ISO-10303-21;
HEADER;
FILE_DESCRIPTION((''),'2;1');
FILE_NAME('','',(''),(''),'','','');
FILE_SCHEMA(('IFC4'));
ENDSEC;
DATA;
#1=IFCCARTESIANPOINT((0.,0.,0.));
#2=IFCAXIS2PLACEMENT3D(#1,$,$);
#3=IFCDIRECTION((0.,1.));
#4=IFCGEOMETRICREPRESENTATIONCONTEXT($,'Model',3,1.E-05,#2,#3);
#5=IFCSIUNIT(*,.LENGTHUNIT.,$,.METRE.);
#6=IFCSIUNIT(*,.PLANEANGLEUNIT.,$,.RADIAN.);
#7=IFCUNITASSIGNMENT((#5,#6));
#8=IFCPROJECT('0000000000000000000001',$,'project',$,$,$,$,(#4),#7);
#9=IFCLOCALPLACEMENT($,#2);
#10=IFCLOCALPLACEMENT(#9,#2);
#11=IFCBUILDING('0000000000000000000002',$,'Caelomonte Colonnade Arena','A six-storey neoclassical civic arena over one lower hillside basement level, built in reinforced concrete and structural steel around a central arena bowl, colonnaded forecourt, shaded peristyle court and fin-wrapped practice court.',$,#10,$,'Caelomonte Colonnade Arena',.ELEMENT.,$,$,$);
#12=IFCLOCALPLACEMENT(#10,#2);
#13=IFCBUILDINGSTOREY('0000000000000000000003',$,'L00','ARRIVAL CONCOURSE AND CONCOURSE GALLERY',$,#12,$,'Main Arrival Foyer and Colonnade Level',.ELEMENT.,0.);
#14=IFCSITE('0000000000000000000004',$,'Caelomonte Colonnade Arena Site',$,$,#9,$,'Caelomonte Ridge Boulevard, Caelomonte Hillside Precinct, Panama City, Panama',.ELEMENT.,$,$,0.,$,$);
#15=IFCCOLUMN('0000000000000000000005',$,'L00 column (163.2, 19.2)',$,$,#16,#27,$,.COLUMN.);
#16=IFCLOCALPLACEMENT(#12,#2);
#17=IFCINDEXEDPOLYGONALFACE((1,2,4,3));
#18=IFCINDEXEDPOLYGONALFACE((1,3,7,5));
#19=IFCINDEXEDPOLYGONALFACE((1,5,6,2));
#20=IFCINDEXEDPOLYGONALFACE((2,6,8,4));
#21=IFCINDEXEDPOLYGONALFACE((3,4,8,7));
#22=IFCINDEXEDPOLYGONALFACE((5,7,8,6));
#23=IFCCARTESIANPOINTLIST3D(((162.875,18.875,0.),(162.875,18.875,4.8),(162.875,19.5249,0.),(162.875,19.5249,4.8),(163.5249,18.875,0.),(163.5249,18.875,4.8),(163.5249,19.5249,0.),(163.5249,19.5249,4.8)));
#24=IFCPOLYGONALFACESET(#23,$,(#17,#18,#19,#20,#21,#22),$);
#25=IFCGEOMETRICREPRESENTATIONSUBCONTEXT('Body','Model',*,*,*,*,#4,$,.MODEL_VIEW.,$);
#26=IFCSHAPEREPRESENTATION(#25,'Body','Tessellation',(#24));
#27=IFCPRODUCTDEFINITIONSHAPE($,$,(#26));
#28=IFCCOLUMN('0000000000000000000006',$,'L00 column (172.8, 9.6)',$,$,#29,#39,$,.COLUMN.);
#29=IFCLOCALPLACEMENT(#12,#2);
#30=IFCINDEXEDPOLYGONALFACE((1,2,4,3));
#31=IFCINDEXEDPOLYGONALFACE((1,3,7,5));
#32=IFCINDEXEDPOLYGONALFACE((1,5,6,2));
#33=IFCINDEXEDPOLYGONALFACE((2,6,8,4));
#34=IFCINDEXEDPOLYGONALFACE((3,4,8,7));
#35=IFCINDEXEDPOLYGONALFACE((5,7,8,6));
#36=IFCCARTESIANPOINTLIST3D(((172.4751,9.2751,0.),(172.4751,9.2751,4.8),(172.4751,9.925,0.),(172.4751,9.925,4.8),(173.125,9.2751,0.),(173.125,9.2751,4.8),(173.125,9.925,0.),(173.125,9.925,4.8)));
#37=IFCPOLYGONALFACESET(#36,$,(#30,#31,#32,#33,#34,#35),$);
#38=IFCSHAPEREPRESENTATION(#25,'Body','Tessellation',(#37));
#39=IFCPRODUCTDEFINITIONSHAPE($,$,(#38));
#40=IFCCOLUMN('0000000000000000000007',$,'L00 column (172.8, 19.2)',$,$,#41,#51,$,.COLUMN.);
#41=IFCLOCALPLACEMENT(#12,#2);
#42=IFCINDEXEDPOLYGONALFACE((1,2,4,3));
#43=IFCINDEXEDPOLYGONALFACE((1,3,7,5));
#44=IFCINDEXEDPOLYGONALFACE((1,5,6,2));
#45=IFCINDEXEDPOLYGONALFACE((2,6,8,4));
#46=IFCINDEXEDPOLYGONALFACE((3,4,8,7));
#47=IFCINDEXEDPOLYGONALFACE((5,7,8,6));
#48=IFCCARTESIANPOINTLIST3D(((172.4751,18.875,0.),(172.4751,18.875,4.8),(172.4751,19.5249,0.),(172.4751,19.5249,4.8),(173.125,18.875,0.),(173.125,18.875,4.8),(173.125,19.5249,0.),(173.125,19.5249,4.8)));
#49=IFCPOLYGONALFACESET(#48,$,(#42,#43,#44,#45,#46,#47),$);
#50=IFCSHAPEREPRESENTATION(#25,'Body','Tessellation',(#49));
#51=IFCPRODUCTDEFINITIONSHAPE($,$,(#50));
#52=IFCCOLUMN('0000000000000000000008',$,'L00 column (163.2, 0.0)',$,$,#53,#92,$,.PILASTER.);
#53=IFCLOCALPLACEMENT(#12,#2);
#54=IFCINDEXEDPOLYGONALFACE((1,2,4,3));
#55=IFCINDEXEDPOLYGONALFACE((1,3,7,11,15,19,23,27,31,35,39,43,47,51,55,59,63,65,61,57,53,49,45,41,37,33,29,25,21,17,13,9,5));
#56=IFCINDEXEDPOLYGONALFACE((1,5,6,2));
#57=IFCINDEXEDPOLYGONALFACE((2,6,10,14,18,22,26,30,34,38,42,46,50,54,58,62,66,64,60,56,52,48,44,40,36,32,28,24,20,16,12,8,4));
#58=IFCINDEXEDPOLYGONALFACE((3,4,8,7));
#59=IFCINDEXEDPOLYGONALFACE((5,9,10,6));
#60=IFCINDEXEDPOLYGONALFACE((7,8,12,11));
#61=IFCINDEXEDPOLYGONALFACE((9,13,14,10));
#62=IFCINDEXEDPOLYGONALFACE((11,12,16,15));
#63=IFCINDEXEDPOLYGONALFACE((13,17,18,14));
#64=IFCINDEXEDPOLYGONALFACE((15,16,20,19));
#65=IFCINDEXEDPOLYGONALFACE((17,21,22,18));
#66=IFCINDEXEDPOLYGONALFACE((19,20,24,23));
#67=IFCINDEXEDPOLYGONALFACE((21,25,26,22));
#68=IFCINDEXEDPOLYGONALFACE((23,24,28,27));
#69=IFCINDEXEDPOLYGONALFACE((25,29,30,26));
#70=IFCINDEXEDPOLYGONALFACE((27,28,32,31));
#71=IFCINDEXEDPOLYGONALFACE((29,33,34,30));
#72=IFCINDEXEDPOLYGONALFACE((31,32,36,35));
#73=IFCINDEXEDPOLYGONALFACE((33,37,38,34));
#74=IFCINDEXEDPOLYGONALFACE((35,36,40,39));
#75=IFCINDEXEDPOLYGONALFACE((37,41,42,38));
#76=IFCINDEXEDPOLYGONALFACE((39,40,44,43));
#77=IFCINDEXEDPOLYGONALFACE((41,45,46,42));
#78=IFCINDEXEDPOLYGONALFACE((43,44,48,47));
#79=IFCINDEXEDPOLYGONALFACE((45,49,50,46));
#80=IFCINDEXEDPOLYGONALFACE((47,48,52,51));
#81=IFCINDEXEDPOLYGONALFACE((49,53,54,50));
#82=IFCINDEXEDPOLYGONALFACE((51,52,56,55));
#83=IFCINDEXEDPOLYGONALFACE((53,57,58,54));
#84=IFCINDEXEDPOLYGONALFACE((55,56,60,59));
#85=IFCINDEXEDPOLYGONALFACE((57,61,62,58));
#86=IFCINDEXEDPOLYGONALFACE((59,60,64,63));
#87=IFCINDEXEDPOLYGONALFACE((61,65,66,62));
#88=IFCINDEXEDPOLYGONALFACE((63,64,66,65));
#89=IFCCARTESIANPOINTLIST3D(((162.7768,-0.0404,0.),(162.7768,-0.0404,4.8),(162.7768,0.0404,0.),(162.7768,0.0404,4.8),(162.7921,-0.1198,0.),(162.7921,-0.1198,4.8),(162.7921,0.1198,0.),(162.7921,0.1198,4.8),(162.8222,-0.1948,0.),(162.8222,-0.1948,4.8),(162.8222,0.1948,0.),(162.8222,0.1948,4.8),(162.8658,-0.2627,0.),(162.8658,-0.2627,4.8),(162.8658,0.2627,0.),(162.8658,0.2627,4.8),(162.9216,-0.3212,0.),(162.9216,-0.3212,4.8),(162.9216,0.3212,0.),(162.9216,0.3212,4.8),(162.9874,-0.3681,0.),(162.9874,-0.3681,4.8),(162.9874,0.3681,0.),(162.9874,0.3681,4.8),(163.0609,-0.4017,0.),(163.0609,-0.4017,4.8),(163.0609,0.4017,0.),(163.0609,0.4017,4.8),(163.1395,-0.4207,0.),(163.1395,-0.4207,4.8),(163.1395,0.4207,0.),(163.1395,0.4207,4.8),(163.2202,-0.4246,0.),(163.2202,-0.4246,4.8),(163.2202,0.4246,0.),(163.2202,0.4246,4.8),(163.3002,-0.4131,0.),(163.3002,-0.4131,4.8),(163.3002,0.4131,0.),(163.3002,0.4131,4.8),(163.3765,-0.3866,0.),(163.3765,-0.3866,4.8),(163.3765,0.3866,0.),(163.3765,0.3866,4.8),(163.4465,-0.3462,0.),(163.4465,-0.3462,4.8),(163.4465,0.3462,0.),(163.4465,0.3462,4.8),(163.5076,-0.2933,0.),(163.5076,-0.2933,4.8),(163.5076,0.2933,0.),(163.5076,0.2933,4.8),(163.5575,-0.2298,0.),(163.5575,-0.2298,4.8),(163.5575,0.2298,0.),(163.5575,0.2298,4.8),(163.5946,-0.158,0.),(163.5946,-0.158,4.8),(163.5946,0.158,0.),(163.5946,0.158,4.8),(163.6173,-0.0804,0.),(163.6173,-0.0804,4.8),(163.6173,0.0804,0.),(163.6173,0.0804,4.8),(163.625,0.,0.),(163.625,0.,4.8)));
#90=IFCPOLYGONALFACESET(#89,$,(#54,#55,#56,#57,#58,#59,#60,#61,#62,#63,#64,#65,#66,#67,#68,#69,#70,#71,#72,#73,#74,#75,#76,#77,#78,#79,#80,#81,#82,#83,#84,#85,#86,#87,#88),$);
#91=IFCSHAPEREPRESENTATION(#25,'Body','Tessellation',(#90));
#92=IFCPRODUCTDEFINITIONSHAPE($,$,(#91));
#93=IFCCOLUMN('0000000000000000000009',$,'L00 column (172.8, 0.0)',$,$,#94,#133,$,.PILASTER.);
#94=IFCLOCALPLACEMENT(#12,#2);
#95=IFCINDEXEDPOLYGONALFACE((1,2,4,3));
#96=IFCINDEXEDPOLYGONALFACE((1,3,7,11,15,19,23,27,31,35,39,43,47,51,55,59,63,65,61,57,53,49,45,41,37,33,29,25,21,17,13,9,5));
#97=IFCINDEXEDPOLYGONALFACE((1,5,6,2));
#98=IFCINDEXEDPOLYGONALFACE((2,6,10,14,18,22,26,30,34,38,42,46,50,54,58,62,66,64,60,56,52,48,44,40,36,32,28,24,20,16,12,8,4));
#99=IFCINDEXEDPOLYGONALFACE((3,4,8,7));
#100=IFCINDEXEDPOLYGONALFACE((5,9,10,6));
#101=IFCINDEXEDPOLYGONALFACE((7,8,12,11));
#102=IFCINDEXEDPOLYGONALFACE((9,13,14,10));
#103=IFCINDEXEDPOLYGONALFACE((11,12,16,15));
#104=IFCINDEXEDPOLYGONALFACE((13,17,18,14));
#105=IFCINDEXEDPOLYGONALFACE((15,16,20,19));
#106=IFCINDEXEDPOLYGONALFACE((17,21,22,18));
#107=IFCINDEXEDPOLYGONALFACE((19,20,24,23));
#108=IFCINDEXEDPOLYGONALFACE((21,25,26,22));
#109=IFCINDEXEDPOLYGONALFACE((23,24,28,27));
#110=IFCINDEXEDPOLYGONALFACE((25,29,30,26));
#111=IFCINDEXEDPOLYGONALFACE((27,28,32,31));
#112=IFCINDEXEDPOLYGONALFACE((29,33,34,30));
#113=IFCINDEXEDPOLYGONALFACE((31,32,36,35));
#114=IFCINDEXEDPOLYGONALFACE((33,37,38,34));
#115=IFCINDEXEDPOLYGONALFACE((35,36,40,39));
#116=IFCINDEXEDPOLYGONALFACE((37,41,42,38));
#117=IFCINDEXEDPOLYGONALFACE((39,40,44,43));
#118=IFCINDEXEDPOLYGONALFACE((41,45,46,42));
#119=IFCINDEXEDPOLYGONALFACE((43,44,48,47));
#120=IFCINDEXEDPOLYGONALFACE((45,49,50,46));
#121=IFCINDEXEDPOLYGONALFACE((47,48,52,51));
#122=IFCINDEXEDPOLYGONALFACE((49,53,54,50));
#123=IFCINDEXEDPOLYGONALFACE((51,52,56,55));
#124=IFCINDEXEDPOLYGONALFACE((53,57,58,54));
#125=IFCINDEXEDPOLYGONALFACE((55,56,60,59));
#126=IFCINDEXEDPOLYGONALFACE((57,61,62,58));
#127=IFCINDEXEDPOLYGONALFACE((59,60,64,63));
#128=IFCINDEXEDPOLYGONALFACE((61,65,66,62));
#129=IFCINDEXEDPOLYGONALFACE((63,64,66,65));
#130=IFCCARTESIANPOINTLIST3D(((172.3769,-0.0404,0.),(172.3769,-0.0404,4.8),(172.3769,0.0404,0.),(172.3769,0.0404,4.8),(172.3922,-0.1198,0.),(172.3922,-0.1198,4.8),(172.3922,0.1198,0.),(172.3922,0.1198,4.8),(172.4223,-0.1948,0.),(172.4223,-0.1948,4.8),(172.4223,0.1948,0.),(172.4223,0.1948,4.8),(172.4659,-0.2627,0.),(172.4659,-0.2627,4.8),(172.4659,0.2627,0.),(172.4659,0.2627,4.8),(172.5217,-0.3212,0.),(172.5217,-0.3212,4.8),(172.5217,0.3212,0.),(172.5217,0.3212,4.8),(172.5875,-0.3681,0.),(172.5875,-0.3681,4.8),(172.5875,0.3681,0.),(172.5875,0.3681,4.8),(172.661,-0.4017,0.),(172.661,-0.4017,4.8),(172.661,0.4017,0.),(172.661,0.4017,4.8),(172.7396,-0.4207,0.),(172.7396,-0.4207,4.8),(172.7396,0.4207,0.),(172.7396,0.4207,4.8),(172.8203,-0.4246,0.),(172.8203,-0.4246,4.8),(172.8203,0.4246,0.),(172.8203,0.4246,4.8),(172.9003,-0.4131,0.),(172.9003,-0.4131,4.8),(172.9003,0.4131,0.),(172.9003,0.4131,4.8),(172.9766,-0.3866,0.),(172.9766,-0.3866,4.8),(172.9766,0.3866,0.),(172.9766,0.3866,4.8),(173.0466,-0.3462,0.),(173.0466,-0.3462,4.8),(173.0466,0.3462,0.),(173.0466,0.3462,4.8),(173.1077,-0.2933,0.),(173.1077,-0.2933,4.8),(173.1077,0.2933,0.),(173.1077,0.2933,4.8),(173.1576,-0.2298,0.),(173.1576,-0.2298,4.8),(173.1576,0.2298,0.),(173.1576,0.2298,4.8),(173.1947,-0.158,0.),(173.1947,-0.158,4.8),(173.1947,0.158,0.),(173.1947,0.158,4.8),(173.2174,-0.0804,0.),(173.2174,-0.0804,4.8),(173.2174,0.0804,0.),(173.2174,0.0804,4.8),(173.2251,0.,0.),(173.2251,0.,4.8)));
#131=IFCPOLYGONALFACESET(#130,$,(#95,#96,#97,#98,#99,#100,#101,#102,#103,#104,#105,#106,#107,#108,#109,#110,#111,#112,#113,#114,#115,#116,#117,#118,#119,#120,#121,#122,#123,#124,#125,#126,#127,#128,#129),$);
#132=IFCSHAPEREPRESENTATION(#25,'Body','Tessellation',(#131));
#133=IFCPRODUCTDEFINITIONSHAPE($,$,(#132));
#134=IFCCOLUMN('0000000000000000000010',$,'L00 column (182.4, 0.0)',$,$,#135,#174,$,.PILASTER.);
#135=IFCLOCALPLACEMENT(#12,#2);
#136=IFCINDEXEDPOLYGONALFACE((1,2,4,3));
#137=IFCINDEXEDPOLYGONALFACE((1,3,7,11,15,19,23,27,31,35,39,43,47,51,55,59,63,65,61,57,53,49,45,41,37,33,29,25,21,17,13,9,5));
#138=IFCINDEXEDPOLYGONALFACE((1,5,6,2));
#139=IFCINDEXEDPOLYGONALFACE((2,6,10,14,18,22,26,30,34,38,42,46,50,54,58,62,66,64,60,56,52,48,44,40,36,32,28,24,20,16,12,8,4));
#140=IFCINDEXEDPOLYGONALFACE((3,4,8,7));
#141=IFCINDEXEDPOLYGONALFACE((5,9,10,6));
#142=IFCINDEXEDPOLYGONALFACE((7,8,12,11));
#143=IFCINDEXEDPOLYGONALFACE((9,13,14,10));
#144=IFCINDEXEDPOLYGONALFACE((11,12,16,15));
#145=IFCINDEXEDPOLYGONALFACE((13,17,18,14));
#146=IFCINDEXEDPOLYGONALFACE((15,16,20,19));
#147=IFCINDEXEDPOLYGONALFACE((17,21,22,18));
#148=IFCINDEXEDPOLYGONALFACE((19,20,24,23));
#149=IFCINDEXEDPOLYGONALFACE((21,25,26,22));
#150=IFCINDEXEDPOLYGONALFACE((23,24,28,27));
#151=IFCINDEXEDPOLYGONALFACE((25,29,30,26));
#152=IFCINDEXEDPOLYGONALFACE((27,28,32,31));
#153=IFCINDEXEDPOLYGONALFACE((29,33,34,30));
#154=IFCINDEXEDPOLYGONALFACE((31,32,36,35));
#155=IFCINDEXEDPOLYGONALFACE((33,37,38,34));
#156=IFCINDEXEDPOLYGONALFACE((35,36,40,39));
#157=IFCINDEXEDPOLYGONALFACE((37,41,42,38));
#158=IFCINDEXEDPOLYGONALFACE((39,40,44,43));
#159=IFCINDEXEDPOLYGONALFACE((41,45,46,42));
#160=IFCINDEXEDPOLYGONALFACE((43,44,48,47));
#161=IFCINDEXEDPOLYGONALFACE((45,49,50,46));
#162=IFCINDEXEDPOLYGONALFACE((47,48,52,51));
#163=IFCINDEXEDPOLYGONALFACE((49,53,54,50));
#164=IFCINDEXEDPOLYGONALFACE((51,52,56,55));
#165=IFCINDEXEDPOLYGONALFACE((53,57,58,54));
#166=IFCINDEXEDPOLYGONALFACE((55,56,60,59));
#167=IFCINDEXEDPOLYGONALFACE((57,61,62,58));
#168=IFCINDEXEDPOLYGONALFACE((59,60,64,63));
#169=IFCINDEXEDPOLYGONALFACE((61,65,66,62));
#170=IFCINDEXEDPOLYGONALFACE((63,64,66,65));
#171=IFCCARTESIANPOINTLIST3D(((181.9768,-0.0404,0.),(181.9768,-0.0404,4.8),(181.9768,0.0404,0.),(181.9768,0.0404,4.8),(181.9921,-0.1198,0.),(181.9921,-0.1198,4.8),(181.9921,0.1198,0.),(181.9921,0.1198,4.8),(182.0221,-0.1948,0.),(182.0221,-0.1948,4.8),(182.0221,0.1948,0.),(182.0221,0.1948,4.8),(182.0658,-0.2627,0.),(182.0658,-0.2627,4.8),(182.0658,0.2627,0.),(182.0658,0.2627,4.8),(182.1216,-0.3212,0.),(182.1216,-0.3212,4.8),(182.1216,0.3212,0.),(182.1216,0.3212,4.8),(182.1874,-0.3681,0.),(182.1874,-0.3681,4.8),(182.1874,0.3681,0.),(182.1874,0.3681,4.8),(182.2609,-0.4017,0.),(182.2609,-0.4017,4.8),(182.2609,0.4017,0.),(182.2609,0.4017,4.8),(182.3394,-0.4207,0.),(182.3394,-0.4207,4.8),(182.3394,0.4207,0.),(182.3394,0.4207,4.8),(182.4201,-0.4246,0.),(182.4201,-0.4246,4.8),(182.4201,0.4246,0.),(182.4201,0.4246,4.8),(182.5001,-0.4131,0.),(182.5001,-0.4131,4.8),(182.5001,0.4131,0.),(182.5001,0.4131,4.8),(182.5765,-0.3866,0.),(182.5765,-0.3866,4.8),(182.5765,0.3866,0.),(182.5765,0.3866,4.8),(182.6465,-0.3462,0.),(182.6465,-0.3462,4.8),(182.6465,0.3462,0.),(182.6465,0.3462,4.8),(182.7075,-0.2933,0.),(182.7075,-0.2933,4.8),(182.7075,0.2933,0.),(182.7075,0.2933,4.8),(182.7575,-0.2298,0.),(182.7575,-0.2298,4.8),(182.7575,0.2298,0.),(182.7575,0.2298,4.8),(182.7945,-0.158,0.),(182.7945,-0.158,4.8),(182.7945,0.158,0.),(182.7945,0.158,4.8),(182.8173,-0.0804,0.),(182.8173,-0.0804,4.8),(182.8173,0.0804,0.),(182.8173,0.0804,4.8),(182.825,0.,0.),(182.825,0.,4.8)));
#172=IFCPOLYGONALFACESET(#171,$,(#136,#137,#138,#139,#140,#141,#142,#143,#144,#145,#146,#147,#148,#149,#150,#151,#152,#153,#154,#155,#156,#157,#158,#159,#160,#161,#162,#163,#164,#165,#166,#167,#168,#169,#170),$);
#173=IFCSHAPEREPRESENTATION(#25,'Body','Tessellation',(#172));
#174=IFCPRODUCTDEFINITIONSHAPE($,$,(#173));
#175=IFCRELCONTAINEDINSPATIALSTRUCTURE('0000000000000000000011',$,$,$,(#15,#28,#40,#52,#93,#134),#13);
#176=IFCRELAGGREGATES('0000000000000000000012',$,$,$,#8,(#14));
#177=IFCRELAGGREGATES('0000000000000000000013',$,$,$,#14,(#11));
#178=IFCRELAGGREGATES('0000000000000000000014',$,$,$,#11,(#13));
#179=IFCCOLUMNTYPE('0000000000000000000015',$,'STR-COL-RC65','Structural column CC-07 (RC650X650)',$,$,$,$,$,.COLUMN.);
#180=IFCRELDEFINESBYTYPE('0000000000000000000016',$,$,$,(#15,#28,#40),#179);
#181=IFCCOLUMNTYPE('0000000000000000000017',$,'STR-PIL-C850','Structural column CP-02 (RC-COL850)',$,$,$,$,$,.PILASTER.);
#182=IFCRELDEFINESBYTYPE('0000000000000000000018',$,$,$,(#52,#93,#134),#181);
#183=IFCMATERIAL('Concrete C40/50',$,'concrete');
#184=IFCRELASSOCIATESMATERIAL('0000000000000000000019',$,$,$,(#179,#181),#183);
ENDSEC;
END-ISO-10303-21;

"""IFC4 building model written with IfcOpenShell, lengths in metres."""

from ifc_helpers import new_model, si_unit, direction, frame, origin, origin_2d, place, context, subcontext, project, spatial, rectangle, circle, extrude, material, material_profile, profile_set, type_object, element, save


model = new_model("IFC4")

# Units and contexts
model_context = context("Model", 3, precision=1e-05, world=origin(), true_north=direction((0.0, 1.0)))
body_context = subcontext(model_context, "Body", "Model", "MODEL_VIEW")
ifc_project = project(units=[si_unit("LENGTHUNIT", "METRE"), si_unit("PLANEANGLEUNIT", "RADIAN")], contexts=[model_context])

# Site, building, storey
site_placement = place(None, origin())
site = spatial("IfcSite", under=ifc_project, at=site_placement, Name="Caelomonte Colonnade Arena Site", LongName="Caelomonte Ridge Boulevard, Caelomonte Hillside Precinct, Panama City, Panama", CompositionType="ELEMENT", RefElevation=0.0)
building_placement = place(site_placement, origin())
building = spatial("IfcBuilding", under=site, at=building_placement, Name="Caelomonte Colonnade Arena", Description="A six-storey neoclassical civic arena over one lower hillside basement level, built in reinforced concrete and structural steel around a central arena bowl, colonnaded forecourt, shaded peristyle court and fin-wrapped practice court.", LongName="Caelomonte Colonnade Arena", CompositionType="ELEMENT")
storey_placement = place(building_placement, origin())
storey = spatial("IfcBuildingStorey", under=building, at=storey_placement, Name="L00", Description="ARRIVAL CONCOURSE AND CONCOURSE GALLERY", LongName="Main Arrival Foyer and Colonnade Level", CompositionType="ELEMENT", Elevation=0.0)

# Columns
ifc_material_1 = material(Name="Concrete C40/50", Category="concrete")
ifc_material_profile_1 = material_profile(ifc_material_1, rectangle(XDim=0.6499, YDim=0.6499, at=origin_2d()), Name="RC650X650")
ifc_profile_set_1 = profile_set([ifc_material_profile_1], Name="Concrete C40/50")
column_type_1 = type_object("IfcColumnType", Name="STR-COL-RC65", Description="Structural column CC-07 (RC650X650)", PredefinedType="COLUMN", material=ifc_profile_set_1)
for number, where, z_axis, x_axis, name in (
    (1, (163.2, 19.2, 0.0), (0.0, 0.0, 1.0), (1.0, 0.0, 0.0), "L00 column (163.2, 19.2)"),
    (2, (172.8, 9.6001, 0.0), (0.0, 0.0, 1.0), (1.0, 0.0, 0.0), "L00 column (172.8, 9.6)"),
    (3, (172.8, 19.2, 0.0), (0.0, 0.0, 1.0), (1.0, 0.0, 0.0), "L00 column (172.8, 19.2)"),
):
    element("IfcColumn", number, at=place(storey_placement, frame(where, z_axis=z_axis, x_axis=x_axis)), inside=storey, type_object=column_type_1, Name=name, PredefinedType="COLUMN", context=body_context, shape_type="SweptSolid", body=[
        extrude(rectangle(XDim=0.6499, YDim=0.6499, at=origin_2d()), origin(), (0.0, 0.0, 1.0), 4.8),
    ])
ifc_material_profile_2 = material_profile(ifc_material_1, circle(Radius=0.425, at=origin_2d()), Name="RC-COL850")
ifc_profile_set_2 = profile_set([ifc_material_profile_2], Name="Concrete C40/50")
column_type_2 = type_object("IfcColumnType", Name="STR-PIL-C850", Description="Structural column CP-02 (RC-COL850)", PredefinedType="PILASTER", material=ifc_profile_set_2)
for number, where, z_axis, x_axis, name in (
    (4, (163.2, 0.0, 0.0), (0.0, 0.0, 1.0), (1.0, 0.0, 0.0), "L00 column (163.2, 0.0)"),
    (5, (172.8, 0.0, 0.0), (0.0, 0.0, 1.0), (1.0, 0.0, 0.0), "L00 column (172.8, 0.0)"),
    (6, (182.3999, 0.0, 0.0), (0.0, 0.0, 1.0), (1.0, 0.0, 0.0), "L00 column (182.4, 0.0)"),
):
    element("IfcColumn", number, at=place(storey_placement, frame(where, z_axis=z_axis, x_axis=x_axis)), inside=storey, type_object=column_type_2, Name=name, PredefinedType="PILASTER", context=body_context, shape_type="SweptSolid", body=[
        extrude(circle(Radius=0.425, at=origin_2d()), origin(), (0.0, 0.0, 1.0), 4.8),
    ])

save(model, "model.ifc")
